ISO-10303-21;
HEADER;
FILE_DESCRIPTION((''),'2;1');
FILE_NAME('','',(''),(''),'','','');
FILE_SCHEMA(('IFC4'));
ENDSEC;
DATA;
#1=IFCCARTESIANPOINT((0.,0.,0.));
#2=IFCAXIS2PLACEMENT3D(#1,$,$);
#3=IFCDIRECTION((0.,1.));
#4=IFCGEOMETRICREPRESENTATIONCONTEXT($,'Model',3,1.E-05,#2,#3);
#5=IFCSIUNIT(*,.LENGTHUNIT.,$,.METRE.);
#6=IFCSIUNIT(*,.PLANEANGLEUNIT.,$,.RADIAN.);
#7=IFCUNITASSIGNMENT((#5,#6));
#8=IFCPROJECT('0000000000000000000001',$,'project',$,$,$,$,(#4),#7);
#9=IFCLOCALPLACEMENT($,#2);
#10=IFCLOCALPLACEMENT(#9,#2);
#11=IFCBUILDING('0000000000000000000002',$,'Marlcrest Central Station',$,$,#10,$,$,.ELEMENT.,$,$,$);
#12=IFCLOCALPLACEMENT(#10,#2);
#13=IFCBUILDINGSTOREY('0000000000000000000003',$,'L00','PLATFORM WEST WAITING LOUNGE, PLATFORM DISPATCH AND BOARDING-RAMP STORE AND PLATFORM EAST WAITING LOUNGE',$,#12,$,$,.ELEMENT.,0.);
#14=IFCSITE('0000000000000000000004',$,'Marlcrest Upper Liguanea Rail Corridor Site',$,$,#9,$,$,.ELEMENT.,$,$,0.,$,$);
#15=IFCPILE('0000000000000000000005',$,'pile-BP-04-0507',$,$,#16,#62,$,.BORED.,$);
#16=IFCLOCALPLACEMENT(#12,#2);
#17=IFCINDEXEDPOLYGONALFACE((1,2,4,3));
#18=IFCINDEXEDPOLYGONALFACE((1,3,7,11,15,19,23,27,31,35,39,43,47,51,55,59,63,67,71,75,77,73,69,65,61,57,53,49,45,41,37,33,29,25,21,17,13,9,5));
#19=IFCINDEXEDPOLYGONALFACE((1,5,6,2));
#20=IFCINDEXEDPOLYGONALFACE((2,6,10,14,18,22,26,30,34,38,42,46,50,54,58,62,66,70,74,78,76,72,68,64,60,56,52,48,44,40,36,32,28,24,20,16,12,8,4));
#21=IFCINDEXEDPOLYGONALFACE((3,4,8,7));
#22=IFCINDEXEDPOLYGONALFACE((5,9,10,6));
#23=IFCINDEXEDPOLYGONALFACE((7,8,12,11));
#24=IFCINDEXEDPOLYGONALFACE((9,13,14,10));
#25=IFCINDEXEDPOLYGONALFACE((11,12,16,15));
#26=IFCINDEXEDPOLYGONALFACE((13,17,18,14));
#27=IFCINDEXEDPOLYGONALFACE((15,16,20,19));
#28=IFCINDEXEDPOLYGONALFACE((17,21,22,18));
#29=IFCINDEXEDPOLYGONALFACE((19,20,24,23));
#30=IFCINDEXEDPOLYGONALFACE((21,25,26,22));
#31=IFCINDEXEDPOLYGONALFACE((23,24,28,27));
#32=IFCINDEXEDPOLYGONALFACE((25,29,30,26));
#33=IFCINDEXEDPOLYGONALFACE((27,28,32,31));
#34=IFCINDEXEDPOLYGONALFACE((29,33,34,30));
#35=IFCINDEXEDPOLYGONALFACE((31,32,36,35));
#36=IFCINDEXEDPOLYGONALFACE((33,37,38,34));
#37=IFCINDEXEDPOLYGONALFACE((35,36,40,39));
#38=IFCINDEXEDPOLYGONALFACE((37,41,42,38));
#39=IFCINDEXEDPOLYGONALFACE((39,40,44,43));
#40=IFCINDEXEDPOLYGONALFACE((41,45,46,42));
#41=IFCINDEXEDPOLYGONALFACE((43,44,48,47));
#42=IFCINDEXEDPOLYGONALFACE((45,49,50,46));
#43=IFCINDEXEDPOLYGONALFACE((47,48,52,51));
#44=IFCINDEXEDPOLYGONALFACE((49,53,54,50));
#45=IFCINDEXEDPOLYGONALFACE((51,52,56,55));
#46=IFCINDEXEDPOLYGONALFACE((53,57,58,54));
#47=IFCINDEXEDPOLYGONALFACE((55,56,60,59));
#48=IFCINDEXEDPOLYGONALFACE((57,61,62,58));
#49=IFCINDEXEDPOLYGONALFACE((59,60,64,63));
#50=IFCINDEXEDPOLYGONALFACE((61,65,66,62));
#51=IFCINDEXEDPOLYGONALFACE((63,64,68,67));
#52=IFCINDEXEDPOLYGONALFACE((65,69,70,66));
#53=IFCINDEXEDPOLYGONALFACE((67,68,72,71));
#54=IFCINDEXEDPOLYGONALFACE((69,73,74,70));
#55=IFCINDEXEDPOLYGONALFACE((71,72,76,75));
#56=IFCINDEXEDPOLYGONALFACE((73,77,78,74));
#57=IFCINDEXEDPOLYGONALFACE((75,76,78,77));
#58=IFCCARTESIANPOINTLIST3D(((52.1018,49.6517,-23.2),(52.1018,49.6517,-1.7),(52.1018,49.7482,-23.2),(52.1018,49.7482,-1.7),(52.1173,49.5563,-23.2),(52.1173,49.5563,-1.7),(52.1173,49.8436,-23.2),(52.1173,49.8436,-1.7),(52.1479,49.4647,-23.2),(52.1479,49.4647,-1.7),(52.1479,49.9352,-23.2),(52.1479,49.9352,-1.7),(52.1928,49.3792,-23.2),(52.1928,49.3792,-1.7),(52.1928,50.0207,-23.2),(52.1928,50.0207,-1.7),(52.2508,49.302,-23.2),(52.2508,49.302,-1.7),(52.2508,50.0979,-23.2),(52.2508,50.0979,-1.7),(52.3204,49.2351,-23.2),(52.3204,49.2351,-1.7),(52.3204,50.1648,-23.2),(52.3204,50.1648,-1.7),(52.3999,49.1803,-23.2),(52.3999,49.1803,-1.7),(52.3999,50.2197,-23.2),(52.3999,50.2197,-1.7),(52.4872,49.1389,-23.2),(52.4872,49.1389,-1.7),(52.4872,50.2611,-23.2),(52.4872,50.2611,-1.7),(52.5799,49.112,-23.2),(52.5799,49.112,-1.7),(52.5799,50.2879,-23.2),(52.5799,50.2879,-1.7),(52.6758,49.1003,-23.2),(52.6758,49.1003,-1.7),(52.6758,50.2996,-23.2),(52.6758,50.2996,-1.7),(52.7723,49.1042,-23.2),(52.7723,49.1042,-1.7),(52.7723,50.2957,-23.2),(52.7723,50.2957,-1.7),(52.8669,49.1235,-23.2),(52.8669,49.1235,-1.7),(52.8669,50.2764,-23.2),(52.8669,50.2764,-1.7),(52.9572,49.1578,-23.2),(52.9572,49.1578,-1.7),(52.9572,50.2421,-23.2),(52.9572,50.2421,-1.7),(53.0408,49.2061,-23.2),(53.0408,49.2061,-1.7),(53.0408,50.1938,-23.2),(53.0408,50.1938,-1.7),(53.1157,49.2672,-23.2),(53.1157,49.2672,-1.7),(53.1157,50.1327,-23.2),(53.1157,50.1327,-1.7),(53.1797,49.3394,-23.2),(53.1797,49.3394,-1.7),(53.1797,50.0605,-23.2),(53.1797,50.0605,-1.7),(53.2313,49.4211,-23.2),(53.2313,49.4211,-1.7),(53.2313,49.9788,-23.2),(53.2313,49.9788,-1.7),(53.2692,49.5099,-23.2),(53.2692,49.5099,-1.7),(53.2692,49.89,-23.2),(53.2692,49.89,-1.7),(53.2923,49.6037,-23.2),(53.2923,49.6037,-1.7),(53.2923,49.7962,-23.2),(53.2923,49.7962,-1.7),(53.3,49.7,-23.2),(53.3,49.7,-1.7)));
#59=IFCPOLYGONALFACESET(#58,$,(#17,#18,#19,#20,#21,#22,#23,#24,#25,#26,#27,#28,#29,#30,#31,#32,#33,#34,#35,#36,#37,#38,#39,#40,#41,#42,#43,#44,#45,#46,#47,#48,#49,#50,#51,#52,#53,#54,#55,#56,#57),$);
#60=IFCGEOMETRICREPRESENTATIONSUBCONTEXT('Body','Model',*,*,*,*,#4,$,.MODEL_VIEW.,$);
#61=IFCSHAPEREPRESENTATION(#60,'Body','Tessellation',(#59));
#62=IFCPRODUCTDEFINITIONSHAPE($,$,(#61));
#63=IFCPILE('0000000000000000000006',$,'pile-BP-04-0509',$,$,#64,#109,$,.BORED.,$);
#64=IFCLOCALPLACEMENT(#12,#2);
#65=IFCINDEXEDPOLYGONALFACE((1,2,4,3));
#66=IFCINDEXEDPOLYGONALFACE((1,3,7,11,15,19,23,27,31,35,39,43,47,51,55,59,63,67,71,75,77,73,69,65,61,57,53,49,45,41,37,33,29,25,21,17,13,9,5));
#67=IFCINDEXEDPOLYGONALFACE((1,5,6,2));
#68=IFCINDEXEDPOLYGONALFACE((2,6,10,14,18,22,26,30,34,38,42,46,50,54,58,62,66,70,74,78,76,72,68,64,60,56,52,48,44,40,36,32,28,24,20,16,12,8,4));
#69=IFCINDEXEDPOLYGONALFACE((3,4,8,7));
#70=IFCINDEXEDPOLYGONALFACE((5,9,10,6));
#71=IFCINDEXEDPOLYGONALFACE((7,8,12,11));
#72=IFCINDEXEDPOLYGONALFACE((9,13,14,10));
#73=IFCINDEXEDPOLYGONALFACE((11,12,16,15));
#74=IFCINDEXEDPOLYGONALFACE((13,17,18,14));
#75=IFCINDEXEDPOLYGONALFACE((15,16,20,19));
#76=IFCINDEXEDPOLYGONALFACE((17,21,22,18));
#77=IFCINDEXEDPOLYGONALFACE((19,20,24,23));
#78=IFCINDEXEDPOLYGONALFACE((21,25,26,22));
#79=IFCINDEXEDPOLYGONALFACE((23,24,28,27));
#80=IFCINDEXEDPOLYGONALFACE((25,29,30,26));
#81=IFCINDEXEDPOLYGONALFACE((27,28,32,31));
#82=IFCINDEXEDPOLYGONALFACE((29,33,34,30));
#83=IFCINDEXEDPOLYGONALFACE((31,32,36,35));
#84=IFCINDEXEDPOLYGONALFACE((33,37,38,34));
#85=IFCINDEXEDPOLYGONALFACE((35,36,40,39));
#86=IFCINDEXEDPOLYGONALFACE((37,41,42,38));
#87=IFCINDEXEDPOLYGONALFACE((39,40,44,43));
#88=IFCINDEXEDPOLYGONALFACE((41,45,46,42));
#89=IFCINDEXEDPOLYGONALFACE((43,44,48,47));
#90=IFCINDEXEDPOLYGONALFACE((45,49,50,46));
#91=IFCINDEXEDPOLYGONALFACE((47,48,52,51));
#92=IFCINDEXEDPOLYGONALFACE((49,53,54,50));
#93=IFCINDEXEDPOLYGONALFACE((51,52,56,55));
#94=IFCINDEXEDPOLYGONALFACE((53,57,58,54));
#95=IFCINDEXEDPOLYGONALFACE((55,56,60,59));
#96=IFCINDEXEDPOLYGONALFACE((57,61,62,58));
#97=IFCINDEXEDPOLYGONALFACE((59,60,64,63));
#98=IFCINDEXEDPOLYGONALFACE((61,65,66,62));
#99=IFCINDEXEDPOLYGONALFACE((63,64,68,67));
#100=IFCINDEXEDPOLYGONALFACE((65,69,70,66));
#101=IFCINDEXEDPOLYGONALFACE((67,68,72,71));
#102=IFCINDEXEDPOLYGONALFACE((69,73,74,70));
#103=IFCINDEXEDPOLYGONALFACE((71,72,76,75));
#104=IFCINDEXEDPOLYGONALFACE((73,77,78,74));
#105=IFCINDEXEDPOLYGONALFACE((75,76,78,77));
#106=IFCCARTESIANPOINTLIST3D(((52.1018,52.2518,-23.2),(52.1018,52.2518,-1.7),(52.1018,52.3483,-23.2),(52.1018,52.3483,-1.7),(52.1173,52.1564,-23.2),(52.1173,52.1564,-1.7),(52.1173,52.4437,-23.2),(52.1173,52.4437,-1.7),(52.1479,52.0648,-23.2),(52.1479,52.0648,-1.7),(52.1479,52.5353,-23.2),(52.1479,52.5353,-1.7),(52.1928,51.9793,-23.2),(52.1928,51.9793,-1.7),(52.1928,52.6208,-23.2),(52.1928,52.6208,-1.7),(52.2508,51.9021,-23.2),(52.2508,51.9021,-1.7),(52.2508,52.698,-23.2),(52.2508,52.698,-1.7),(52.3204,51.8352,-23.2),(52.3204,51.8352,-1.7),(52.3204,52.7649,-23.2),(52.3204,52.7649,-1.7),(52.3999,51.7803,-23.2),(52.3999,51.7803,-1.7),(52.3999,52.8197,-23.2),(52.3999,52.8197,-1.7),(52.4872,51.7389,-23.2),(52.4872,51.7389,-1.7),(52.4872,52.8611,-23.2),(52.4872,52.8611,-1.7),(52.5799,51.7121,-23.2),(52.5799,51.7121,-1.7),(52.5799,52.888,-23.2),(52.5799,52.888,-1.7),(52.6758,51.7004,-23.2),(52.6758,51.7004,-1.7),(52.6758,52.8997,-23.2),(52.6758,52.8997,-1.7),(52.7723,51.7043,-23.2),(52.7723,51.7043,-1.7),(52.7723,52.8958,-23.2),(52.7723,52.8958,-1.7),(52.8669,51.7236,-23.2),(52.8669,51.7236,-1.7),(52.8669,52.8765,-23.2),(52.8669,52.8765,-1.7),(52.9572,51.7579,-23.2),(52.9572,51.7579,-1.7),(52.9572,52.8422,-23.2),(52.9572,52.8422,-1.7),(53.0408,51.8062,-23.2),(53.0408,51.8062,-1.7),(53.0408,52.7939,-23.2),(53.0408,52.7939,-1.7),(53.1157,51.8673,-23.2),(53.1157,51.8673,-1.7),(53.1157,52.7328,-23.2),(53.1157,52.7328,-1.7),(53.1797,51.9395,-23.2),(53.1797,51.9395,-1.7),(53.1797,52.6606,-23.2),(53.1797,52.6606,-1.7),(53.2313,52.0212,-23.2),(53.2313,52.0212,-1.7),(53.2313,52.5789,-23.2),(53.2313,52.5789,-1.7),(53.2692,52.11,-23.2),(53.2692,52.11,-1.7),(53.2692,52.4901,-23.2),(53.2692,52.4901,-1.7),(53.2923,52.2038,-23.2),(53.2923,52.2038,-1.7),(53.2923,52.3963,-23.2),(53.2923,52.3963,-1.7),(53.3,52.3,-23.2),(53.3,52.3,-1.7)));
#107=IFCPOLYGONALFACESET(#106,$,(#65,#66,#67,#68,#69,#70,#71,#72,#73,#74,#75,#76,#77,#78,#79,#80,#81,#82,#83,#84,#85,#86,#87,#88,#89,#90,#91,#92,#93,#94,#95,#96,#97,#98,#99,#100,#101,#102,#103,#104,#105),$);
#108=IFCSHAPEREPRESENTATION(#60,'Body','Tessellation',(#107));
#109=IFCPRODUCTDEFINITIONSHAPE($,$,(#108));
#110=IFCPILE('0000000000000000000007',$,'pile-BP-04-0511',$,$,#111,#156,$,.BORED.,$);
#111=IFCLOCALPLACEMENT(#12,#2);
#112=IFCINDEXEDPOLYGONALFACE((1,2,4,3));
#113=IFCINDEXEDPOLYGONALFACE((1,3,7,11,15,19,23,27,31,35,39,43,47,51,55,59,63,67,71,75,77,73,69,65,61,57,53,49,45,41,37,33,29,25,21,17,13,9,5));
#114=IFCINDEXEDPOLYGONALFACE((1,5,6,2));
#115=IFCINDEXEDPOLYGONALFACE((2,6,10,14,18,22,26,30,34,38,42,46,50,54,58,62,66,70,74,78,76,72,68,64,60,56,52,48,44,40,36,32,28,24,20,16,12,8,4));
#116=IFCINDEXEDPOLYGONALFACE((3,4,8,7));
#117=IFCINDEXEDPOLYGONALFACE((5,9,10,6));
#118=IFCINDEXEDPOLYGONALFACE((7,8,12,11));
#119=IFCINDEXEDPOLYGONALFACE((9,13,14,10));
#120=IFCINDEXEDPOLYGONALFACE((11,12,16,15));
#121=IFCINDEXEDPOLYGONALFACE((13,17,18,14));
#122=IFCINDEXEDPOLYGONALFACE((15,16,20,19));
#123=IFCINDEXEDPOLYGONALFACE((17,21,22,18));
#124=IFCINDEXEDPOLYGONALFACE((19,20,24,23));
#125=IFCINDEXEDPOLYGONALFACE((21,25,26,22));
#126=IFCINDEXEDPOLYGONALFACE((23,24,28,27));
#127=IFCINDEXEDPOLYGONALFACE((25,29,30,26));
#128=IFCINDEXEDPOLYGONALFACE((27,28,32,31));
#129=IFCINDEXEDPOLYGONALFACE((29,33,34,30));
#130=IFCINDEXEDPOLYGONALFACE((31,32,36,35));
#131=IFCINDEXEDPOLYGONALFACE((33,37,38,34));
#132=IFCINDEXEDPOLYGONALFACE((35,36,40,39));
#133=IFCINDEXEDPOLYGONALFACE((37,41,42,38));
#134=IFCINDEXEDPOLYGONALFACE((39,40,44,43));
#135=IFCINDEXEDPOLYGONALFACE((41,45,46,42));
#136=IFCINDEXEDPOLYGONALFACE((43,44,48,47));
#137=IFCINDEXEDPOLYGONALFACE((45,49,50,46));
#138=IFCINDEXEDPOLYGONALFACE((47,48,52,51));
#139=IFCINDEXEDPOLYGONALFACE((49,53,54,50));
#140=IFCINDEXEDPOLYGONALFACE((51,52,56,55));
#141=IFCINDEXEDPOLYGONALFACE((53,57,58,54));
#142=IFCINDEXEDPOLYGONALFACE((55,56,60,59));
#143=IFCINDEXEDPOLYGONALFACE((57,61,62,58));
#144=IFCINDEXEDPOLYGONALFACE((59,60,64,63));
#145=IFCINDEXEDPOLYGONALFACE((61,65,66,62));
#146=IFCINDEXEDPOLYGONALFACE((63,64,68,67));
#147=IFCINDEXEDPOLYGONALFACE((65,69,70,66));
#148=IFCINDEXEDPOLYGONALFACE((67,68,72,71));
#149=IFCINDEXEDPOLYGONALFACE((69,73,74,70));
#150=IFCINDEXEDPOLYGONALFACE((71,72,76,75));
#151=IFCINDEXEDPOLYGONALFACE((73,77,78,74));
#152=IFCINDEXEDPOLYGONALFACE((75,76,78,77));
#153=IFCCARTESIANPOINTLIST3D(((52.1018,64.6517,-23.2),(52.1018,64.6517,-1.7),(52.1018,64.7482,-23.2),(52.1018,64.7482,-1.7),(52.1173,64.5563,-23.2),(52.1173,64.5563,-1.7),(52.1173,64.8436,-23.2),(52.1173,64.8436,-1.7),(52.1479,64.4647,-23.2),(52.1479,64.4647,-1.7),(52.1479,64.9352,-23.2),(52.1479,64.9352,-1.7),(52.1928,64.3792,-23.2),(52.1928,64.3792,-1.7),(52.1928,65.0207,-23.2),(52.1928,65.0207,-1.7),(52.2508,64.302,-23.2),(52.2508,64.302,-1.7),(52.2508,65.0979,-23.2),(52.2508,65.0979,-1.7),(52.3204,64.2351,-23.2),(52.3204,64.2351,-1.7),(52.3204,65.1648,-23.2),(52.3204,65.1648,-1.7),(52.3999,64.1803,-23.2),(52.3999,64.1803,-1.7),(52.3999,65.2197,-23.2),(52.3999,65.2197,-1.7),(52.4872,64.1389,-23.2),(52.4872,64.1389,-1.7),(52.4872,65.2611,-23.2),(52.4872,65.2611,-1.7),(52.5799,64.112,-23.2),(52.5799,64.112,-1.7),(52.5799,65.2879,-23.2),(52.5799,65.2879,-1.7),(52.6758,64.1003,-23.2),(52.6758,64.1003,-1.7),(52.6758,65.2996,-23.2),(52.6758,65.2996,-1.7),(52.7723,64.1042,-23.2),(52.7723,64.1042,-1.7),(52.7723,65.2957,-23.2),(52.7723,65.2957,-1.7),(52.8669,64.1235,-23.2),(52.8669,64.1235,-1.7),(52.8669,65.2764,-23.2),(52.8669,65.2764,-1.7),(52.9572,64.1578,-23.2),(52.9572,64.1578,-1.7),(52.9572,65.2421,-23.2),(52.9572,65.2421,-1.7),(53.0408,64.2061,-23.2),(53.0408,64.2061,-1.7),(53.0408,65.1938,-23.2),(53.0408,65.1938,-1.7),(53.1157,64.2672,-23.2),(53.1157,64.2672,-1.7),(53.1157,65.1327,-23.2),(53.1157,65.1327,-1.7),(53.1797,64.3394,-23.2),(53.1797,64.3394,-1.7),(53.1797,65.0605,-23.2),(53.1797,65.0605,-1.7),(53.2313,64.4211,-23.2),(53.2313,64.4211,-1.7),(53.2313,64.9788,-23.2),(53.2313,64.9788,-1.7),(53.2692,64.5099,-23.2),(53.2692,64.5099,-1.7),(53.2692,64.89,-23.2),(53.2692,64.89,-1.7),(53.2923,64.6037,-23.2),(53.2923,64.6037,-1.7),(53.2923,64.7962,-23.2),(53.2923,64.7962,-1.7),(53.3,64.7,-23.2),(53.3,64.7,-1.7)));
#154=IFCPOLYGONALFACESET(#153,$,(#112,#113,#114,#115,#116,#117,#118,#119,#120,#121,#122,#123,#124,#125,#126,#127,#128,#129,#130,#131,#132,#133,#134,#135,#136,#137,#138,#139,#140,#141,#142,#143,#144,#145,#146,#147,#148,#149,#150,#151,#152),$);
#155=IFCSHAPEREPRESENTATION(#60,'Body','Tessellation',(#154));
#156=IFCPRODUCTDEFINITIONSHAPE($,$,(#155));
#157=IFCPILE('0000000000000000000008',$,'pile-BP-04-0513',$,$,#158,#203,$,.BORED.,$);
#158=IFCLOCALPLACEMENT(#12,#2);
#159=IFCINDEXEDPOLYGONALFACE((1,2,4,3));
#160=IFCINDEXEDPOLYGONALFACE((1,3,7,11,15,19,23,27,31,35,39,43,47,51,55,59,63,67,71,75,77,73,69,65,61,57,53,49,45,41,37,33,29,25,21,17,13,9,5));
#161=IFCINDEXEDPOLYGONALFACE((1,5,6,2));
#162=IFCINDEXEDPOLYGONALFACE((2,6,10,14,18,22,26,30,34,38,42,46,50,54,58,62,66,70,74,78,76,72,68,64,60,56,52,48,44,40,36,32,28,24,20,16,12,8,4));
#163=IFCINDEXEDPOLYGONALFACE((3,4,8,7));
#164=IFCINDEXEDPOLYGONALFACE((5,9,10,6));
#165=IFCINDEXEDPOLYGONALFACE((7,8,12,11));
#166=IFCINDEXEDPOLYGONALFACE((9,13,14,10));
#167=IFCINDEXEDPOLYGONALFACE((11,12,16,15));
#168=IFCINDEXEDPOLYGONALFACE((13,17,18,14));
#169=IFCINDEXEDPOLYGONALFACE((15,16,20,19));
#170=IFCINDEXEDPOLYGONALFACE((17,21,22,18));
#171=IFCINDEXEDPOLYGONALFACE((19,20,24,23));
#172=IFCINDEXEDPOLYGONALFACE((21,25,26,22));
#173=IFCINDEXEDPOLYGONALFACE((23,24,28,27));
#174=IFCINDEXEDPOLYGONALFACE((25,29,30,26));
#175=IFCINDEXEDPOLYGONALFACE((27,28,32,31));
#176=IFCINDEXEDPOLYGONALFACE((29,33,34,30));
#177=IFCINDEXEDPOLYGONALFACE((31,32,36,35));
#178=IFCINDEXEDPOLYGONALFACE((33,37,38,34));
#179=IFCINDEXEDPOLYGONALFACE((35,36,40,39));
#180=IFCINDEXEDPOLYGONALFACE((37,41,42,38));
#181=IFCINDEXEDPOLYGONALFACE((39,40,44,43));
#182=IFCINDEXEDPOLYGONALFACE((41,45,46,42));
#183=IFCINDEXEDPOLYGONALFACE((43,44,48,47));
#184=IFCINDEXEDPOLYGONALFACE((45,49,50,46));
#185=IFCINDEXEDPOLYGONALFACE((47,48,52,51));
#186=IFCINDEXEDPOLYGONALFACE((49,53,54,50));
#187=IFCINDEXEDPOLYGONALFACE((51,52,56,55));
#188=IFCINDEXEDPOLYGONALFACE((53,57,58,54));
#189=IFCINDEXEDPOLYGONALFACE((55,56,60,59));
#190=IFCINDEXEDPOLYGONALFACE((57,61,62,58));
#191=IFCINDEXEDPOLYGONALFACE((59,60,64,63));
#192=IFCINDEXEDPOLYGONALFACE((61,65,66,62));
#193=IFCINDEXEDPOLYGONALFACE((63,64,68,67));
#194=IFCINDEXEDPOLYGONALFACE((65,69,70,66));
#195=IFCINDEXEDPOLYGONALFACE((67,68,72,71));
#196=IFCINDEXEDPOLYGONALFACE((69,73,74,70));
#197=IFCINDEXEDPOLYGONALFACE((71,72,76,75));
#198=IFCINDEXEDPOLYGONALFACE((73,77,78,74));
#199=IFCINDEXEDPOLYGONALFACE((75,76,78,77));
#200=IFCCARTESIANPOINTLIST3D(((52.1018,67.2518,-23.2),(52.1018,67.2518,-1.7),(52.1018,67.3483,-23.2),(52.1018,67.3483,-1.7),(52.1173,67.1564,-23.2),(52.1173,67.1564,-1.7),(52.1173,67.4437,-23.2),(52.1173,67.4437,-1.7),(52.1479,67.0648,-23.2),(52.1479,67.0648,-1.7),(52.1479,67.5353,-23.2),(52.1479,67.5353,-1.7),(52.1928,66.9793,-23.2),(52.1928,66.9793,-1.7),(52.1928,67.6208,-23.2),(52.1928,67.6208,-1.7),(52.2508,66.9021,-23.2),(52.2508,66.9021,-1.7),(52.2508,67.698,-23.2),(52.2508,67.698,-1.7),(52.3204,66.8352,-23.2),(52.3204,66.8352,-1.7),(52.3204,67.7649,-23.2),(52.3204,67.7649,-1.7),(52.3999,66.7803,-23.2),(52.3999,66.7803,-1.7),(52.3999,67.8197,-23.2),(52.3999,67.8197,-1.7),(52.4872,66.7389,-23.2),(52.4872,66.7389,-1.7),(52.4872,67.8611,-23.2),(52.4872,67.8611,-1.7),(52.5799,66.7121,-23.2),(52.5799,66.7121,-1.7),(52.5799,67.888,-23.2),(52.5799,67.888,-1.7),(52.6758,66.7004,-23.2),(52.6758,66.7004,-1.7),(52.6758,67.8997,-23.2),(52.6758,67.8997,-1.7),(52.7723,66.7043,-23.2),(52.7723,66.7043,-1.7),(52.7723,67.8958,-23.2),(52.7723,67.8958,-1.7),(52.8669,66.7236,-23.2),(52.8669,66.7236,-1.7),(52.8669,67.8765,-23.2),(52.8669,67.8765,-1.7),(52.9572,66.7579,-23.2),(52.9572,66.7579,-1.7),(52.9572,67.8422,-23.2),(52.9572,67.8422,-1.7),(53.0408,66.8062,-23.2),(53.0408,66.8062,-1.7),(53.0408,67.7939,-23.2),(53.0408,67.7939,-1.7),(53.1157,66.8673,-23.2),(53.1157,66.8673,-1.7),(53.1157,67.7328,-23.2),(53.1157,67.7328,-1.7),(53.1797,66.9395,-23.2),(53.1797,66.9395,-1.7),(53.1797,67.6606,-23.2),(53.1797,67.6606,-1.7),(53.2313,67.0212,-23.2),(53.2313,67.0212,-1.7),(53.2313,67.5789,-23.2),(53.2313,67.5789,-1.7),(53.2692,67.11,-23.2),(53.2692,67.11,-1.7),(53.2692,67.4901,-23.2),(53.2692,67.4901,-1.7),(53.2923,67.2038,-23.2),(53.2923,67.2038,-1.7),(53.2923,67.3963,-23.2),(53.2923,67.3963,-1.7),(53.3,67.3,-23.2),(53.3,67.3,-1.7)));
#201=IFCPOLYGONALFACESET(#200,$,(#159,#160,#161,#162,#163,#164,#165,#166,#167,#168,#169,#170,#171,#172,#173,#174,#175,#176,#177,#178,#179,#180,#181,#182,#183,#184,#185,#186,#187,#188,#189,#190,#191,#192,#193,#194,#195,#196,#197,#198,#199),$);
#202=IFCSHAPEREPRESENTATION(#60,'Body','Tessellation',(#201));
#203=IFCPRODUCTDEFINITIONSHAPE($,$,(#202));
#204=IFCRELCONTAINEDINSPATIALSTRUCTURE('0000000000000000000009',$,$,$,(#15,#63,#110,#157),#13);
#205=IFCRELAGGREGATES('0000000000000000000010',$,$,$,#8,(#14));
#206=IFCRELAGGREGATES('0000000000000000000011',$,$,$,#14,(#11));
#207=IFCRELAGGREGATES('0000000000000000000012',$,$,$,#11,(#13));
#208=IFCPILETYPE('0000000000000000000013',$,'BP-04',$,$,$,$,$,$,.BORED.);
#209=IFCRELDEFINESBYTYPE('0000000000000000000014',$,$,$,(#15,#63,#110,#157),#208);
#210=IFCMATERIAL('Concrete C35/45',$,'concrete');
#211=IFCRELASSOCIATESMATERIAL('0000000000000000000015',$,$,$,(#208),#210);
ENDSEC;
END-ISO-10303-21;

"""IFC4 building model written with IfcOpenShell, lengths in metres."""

from ifc_helpers import new_model, si_unit, direction, frame, origin, origin_2d, place, context, subcontext, project, spatial, circle, extrude, material, material_profile, profile_set, type_object, element, save


model = new_model("IFC4")

# Units and contexts
model_context = context("Model", 3, precision=1e-05, world=origin(), true_north=direction((0.0, 1.0)))
body_context = subcontext(model_context, "Body", "Model", "MODEL_VIEW")
ifc_project = project(units=[si_unit("LENGTHUNIT", "METRE"), si_unit("PLANEANGLEUNIT", "RADIAN")], contexts=[model_context])

# Site, building, storey
site_placement = place(None, origin())
site = spatial("IfcSite", under=ifc_project, at=site_placement, Name="Marlcrest Upper Liguanea Rail Corridor Site", CompositionType="ELEMENT", RefElevation=0.0)
building_placement = place(site_placement, origin())
building = spatial("IfcBuilding", under=site, at=building_placement, Name="Marlcrest Central Station", CompositionType="ELEMENT")
storey_placement = place(building_placement, origin())
storey = spatial("IfcBuildingStorey", under=building, at=storey_placement, Name="L00", Description="PLATFORM WEST WAITING LOUNGE, PLATFORM DISPATCH AND BOARDING-RAMP STORE AND PLATFORM EAST WAITING LOUNGE", CompositionType="ELEMENT", Elevation=0.0)

# Piles
ifc_material_1 = material(Name="Concrete C35/45", Category="concrete")
ifc_material_profile_1 = material_profile(ifc_material_1, circle(Radius=0.6001, at=origin_2d()), Name="PILE D1200")
ifc_profile_set_1 = profile_set([ifc_material_profile_1], Name="Concrete C35/45")
pile_type = type_object("IfcPileType", Name="BP-04", PredefinedType="BORED", material=ifc_profile_set_1)
for number, where, z_axis, x_axis, name in (
    (1, (52.7, 49.7, -1.7), (0.0, 0.0, -1.0), (1.0, 0.0, 0.0), "pile-BP-04-0507"),
    (2, (52.7, 52.3, -1.7), (0.0, 0.0, -1.0), (1.0, 0.0, 0.0), "pile-BP-04-0509"),
    (3, (52.7, 64.7, -1.7), (0.0, 0.0, -1.0), (1.0, 0.0, 0.0), "pile-BP-04-0511"),
    (4, (52.7, 67.3, -1.7), (0.0, 0.0, -1.0), (1.0, 0.0, 0.0), "pile-BP-04-0513"),
):
    element("IfcPile", number, at=place(storey_placement, frame(where, z_axis=z_axis, x_axis=x_axis)), inside=storey, type_object=pile_type, Name=name, PredefinedType="BORED", context=body_context, shape_type="SweptSolid", body=[
        extrude(circle(Radius=0.6001, at=origin_2d()), origin(), (0.0, 0.0, 1.0), 21.5),
    ])

save(model, "model.ifc")
